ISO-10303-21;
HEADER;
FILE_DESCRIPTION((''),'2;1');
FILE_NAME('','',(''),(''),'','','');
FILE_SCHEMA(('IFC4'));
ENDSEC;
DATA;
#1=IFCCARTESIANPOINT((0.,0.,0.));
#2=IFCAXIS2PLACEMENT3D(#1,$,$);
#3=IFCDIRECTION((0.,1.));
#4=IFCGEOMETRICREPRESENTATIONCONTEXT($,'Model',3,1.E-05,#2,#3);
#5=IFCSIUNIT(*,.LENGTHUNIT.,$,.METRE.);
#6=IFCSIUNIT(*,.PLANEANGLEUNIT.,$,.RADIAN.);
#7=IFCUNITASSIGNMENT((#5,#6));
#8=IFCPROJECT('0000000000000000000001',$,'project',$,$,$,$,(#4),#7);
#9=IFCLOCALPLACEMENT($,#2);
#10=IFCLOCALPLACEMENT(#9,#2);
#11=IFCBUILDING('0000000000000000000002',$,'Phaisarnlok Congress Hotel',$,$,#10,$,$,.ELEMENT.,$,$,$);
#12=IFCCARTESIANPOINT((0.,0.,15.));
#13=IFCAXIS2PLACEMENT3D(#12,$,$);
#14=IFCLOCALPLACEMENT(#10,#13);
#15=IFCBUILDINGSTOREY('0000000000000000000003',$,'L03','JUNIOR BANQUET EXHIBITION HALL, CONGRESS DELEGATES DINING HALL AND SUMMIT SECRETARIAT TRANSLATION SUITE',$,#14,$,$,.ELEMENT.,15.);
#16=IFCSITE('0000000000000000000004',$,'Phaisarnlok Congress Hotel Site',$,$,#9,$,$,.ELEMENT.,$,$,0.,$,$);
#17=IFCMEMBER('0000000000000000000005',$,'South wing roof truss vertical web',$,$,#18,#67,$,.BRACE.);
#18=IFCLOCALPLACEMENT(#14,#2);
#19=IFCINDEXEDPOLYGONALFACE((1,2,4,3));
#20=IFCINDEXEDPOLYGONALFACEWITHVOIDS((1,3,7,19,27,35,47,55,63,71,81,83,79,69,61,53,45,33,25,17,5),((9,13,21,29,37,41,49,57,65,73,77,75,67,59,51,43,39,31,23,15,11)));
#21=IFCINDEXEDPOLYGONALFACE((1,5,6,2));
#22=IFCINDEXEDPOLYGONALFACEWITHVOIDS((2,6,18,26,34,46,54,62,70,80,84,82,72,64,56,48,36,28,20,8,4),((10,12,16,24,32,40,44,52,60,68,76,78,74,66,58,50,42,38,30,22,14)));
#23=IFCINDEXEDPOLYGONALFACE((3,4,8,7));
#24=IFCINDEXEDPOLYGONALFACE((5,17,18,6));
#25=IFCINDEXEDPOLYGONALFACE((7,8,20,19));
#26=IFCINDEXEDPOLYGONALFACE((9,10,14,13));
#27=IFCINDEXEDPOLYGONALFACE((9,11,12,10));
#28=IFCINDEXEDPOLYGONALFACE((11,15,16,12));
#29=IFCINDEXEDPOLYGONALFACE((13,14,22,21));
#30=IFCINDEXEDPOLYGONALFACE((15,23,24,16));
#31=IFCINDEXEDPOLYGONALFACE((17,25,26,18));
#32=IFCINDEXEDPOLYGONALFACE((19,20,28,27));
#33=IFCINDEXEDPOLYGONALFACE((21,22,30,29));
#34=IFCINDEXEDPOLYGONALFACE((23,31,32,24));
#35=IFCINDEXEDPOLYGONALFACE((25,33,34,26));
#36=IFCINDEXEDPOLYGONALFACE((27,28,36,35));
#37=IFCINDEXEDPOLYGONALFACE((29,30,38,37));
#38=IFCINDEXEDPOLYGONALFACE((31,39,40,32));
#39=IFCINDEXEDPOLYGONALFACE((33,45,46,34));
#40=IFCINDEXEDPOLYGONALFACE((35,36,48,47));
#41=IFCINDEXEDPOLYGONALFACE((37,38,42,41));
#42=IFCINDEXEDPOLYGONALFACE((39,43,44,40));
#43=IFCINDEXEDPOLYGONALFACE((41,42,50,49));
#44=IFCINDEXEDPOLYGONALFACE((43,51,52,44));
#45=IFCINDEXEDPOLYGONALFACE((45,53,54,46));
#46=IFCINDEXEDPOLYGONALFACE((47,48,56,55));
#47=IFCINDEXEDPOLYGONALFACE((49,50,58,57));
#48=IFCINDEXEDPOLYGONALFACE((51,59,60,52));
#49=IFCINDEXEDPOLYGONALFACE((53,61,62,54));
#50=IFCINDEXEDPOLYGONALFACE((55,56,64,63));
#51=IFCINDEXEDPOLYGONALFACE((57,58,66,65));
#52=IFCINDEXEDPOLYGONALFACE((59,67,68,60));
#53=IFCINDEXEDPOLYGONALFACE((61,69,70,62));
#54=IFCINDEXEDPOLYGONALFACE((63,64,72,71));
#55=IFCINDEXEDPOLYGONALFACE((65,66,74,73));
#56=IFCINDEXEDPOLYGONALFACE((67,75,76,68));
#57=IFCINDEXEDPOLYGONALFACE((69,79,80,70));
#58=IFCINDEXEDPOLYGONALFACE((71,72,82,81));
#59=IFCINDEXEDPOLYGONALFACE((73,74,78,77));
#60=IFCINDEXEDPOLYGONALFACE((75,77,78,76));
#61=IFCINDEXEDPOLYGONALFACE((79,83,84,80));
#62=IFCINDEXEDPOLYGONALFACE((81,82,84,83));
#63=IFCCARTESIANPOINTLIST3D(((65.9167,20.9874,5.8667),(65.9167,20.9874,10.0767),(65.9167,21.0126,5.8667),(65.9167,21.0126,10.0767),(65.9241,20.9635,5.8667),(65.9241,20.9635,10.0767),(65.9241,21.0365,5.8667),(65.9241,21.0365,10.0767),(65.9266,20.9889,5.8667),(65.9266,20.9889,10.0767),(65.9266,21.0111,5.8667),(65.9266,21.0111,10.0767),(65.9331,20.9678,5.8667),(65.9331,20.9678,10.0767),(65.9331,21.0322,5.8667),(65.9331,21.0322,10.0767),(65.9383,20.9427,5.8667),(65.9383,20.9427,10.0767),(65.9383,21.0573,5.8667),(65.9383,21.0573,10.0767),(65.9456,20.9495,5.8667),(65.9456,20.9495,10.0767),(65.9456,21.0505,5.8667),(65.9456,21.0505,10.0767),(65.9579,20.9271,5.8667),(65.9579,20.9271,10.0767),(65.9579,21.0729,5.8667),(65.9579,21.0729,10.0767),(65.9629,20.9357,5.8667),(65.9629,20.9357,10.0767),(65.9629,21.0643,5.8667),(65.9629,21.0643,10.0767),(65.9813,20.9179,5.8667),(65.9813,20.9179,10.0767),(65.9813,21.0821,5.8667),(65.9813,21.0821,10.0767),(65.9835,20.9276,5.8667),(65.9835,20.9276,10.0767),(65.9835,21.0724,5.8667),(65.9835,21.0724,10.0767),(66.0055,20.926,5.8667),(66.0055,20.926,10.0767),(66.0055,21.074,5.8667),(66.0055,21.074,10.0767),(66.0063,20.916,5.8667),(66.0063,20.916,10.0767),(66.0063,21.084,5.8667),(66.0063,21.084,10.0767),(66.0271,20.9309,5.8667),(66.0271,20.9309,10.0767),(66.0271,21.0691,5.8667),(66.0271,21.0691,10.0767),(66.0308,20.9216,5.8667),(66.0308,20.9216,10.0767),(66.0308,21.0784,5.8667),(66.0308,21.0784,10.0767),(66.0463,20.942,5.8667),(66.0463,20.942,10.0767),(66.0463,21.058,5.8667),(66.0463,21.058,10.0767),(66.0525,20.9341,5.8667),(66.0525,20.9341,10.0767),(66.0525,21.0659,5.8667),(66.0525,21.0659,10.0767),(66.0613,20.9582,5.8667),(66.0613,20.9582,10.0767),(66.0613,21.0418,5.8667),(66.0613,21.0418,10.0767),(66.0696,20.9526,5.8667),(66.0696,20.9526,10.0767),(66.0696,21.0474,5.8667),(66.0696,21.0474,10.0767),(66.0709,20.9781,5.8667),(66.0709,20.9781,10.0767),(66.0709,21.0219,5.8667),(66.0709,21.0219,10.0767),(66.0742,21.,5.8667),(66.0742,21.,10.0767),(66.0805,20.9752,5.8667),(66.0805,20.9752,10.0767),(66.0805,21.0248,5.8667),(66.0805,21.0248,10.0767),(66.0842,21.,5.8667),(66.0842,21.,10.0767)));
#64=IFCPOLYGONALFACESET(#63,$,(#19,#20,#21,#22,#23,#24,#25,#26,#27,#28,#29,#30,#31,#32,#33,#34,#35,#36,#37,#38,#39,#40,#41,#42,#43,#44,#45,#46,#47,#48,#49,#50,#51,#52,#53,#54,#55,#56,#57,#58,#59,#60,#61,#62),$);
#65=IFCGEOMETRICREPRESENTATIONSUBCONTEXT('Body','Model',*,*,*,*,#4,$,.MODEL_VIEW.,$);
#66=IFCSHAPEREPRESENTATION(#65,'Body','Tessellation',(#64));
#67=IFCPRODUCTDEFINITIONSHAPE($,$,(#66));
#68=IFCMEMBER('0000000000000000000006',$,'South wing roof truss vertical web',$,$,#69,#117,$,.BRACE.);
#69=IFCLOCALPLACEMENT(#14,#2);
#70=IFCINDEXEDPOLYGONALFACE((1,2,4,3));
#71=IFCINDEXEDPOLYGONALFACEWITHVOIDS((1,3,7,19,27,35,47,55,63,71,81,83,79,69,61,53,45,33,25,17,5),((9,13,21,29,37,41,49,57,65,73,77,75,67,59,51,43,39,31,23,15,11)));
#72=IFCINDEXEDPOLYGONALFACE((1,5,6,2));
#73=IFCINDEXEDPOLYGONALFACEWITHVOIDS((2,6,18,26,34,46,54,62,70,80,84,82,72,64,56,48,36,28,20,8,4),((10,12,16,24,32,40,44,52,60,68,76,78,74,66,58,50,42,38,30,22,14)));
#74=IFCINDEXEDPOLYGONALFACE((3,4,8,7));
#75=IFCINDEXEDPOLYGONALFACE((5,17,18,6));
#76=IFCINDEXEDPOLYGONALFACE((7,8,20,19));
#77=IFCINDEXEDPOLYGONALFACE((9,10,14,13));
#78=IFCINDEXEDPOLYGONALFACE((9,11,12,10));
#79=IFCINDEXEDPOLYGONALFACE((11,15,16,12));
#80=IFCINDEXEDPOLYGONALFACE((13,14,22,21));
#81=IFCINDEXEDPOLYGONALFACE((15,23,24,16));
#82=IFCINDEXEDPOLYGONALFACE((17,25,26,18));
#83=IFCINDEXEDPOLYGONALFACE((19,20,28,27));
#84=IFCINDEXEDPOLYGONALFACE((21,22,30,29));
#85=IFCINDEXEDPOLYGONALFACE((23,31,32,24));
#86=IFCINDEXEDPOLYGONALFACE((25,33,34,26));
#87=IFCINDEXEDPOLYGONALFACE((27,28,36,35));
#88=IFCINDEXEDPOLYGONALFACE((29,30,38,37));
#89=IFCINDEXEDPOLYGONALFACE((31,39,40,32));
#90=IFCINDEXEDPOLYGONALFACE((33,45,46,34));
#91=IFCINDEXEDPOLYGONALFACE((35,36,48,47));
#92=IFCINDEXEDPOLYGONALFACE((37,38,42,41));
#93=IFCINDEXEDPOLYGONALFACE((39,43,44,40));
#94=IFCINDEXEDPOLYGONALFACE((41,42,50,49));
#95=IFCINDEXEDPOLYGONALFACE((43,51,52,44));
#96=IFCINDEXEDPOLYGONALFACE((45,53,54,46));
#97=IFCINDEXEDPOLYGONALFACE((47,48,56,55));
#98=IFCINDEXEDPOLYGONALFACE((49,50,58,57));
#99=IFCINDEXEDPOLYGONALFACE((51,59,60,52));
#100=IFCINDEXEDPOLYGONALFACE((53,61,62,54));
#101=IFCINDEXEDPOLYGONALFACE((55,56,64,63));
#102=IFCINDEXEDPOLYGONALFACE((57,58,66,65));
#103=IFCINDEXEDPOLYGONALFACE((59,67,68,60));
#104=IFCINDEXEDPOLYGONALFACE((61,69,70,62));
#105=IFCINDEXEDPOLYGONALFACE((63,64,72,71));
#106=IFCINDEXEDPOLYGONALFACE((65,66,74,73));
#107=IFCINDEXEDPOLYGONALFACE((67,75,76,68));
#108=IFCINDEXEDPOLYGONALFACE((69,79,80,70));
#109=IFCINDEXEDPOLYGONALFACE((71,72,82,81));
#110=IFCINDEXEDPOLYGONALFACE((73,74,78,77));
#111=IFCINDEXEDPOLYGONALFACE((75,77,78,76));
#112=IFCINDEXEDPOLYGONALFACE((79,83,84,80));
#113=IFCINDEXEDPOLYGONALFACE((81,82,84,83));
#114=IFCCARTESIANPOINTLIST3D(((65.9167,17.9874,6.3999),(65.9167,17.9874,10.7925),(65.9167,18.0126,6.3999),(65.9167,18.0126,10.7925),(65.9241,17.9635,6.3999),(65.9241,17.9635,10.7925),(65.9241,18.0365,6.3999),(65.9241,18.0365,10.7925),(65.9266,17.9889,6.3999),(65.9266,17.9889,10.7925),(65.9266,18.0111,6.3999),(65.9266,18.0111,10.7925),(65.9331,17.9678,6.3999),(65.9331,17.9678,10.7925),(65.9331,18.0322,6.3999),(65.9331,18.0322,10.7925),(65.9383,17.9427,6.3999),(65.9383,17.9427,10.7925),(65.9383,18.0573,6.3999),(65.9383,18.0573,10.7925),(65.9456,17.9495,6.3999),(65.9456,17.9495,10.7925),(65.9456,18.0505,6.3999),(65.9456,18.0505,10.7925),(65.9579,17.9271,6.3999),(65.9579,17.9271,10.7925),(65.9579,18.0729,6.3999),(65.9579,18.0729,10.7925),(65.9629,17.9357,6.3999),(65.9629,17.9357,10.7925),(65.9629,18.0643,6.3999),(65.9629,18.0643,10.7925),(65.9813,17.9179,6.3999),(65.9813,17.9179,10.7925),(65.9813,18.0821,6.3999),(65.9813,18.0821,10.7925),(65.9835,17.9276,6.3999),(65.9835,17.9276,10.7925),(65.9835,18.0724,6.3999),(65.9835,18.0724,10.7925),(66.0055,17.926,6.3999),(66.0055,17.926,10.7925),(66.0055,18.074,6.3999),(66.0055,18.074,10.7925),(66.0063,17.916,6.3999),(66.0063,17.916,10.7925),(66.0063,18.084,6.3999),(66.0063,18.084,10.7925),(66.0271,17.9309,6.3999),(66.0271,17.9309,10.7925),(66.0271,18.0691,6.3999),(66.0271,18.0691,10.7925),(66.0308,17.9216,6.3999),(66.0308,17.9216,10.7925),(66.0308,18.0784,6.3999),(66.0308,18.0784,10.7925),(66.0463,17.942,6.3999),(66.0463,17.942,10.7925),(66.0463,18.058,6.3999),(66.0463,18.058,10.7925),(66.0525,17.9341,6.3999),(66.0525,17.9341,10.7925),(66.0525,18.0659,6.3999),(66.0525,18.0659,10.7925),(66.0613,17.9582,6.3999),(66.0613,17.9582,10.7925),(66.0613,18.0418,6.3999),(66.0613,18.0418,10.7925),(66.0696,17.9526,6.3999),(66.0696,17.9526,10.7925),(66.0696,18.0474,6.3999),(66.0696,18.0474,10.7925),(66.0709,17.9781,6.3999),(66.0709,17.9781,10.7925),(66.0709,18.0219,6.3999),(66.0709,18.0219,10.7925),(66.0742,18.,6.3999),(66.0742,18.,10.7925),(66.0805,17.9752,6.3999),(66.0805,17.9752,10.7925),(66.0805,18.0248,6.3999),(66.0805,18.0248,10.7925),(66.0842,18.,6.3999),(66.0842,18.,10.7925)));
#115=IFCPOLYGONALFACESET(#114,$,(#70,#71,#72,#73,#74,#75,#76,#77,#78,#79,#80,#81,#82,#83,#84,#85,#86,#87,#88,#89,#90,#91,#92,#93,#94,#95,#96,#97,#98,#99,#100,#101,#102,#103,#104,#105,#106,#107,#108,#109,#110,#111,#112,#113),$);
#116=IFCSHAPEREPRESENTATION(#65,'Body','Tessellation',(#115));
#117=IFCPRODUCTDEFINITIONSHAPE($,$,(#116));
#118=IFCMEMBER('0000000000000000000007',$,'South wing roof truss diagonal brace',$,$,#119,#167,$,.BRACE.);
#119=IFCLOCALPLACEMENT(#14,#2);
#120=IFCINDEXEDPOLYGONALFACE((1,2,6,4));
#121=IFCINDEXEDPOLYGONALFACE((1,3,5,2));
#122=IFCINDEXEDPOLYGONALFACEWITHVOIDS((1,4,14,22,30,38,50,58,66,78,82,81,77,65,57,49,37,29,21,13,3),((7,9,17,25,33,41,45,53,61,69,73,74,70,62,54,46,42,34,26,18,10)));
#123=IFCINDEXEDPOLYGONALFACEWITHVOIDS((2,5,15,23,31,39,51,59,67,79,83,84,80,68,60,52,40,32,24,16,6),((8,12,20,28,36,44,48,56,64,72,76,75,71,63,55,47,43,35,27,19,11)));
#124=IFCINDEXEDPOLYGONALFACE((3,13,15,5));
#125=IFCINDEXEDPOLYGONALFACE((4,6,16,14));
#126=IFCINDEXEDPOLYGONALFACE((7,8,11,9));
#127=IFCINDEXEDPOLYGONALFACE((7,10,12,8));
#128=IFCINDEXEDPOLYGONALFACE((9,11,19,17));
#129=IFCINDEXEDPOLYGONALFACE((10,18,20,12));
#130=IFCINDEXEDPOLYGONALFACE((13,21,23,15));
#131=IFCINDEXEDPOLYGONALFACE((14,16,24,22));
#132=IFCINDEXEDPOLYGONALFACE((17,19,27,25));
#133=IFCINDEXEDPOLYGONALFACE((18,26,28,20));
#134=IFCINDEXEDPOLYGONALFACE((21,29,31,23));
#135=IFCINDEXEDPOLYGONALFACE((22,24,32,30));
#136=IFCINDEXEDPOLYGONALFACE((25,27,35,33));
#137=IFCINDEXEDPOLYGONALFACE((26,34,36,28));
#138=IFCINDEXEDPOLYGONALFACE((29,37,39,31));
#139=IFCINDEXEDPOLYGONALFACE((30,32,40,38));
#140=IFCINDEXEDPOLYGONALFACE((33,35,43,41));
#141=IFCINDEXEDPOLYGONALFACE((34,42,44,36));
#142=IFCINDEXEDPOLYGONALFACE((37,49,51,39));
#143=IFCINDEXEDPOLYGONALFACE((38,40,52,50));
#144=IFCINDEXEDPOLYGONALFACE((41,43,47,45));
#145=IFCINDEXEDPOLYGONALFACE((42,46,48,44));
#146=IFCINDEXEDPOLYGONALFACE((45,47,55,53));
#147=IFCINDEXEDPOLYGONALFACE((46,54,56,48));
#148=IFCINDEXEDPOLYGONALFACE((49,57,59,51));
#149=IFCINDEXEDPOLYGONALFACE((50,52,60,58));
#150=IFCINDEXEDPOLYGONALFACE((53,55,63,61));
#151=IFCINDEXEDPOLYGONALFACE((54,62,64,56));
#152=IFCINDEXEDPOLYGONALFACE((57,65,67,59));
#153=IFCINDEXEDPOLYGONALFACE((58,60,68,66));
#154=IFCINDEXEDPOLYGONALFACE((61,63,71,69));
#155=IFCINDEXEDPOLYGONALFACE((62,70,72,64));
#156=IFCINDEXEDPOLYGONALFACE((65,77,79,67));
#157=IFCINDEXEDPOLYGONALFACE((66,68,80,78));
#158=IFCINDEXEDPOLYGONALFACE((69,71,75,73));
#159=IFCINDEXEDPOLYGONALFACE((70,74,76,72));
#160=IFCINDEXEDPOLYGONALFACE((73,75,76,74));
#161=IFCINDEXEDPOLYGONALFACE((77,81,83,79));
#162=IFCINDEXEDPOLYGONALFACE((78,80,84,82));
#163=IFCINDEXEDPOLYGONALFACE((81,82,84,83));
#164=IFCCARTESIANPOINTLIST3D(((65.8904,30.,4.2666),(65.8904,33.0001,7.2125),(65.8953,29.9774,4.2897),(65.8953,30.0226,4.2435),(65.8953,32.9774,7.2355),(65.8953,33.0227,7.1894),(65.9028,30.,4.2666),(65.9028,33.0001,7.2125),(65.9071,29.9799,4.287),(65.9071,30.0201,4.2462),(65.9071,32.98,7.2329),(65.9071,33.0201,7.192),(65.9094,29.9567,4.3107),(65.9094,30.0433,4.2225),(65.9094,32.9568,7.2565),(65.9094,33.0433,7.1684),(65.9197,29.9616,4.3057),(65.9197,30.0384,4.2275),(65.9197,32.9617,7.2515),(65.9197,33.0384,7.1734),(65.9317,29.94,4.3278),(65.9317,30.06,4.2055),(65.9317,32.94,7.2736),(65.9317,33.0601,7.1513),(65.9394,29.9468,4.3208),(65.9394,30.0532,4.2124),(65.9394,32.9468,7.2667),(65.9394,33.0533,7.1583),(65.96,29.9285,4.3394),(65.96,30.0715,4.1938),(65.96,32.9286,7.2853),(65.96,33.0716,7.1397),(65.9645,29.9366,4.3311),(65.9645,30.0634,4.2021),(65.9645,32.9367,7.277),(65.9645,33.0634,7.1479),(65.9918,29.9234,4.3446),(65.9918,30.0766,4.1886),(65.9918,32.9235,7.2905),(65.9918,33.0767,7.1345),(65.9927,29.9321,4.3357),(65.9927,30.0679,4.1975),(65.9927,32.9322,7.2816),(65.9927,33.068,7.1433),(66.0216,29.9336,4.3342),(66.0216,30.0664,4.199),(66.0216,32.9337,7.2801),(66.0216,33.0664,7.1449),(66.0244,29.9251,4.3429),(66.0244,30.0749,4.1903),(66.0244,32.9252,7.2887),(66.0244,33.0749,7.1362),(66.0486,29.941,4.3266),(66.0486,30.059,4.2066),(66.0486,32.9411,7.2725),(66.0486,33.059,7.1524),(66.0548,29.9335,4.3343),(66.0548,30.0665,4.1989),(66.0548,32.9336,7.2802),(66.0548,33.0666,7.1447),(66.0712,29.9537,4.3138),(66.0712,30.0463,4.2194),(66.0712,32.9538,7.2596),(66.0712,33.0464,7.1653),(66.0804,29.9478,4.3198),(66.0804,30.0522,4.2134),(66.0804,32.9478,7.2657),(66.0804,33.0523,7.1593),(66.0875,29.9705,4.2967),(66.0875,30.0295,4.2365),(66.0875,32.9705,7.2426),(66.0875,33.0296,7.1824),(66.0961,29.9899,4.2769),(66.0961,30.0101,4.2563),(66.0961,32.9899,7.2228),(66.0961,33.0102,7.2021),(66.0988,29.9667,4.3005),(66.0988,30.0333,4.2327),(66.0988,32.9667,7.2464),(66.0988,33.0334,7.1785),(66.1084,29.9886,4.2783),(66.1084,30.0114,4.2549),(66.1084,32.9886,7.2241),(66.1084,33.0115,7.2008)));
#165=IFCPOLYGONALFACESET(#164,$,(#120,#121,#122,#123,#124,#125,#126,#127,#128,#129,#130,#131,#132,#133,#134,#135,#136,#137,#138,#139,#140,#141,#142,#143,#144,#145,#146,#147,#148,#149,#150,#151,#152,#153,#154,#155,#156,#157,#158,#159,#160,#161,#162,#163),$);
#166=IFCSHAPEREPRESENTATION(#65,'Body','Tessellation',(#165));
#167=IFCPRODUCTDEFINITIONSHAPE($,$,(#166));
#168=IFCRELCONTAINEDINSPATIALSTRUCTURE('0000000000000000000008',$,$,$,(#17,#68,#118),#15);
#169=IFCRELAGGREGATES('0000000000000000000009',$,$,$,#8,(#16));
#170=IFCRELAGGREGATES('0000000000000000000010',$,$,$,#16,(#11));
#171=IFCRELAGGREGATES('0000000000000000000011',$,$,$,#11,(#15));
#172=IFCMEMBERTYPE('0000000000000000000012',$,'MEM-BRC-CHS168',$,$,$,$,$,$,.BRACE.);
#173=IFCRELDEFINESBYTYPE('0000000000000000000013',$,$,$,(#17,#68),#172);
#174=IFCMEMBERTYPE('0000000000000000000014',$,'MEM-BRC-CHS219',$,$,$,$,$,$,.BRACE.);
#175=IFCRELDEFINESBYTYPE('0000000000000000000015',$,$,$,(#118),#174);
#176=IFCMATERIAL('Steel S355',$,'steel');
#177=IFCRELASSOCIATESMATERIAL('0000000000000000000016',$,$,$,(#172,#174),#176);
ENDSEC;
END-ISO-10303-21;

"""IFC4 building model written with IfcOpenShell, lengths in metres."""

from ifc_helpers import new_model, si_unit, direction, frame, origin, origin_2d, place, context, subcontext, project, spatial, hollow_circle, extrude, material, material_profile, profile_set, type_object, element, save


model = new_model("IFC4")

# Units and contexts
model_context = context("Model", 3, precision=1e-05, world=origin(), true_north=direction((0.0, 1.0)))
body_context = subcontext(model_context, "Body", "Model", "MODEL_VIEW")
ifc_project = project(units=[si_unit("LENGTHUNIT", "METRE"), si_unit("PLANEANGLEUNIT", "RADIAN")], contexts=[model_context])

# Site, building, storey
site_placement = place(None, origin())
site = spatial("IfcSite", under=ifc_project, at=site_placement, Name="Phaisarnlok Congress Hotel Site", CompositionType="ELEMENT", RefElevation=0.0)
building_placement = place(site_placement, origin())
building = spatial("IfcBuilding", under=site, at=building_placement, Name="Phaisarnlok Congress Hotel", CompositionType="ELEMENT")
storey_placement = place(building_placement, frame((0.0, 0.0, 15.0)))
storey = spatial("IfcBuildingStorey", under=building, at=storey_placement, Name="L03", Description="JUNIOR BANQUET EXHIBITION HALL, CONGRESS DELEGATES DINING HALL AND SUMMIT SECRETARIAT TRANSLATION SUITE", CompositionType="ELEMENT", Elevation=15.0)

# Shared definitions
ifc_material_1 = material(Name="Steel S355", Category="steel")

# Members
ifc_material_profile_1 = material_profile(ifc_material_1, hollow_circle(Radius=0.0842, WallThickness=0.01, at=origin_2d()), Name="CHS 168.3x10")
ifc_profile_set_1 = profile_set([ifc_material_profile_1], Name="Steel S355")
member_type_1 = type_object("IfcMemberType", Name="MEM-BRC-CHS168", PredefinedType="BRACE", material=ifc_profile_set_1)
member_1_placement = place(storey_placement, frame((66.0, 21.0, 5.8667), z_axis=(0.0, 0.0, 1.0), x_axis=(1.0, 0.0, 0.0)))
element("IfcMember", 1, at=member_1_placement, inside=storey, type_object=member_type_1, Name="South wing roof truss vertical web", PredefinedType="BRACE", context=body_context, shape_type="SweptSolid", body=[
    extrude(hollow_circle(Radius=0.0842, WallThickness=0.01, at=origin_2d()), origin(), (0.0, 0.0, 1.0), 4.21),
])
member_2_placement = place(storey_placement, frame((66.0, 18.0, 6.3999), z_axis=(0.0, 0.0, 1.0), x_axis=(1.0, 0.0, 0.0)))
element("IfcMember", 2, at=member_2_placement, inside=storey, type_object=member_type_1, Name="South wing roof truss vertical web", PredefinedType="BRACE", context=body_context, shape_type="SweptSolid", body=[
    extrude(hollow_circle(Radius=0.0842, WallThickness=0.01, at=origin_2d()), origin(), (0.0, 0.0, 1.0), 4.3926),
])
ifc_material_profile_2 = material_profile(ifc_material_1, hollow_circle(Radius=0.1096, WallThickness=0.0125, at=origin_2d()), Name="CHS 219.1x12.5")
ifc_profile_set_2 = profile_set([ifc_material_profile_2], Name="Steel S355")
member_type_2 = type_object("IfcMemberType", Name="MEM-BRC-CHS219", PredefinedType="BRACE", material=ifc_profile_set_2)
member_3_placement = place(storey_placement, frame((66.0, 30.0, 4.2666), z_axis=(0.0, 0.713523, 0.700632), x_axis=(-1.0, 0.0, 0.0)))
element("IfcMember", 3, at=member_3_placement, inside=storey, type_object=member_type_2, Name="South wing roof truss diagonal brace", PredefinedType="BRACE", context=body_context, shape_type="SweptSolid", body=[
    extrude(hollow_circle(Radius=0.1096, WallThickness=0.0125, at=origin_2d()), origin(), (0.0, 0.0, 1.0), 4.2046),
])

save(model, "model.ifc")
